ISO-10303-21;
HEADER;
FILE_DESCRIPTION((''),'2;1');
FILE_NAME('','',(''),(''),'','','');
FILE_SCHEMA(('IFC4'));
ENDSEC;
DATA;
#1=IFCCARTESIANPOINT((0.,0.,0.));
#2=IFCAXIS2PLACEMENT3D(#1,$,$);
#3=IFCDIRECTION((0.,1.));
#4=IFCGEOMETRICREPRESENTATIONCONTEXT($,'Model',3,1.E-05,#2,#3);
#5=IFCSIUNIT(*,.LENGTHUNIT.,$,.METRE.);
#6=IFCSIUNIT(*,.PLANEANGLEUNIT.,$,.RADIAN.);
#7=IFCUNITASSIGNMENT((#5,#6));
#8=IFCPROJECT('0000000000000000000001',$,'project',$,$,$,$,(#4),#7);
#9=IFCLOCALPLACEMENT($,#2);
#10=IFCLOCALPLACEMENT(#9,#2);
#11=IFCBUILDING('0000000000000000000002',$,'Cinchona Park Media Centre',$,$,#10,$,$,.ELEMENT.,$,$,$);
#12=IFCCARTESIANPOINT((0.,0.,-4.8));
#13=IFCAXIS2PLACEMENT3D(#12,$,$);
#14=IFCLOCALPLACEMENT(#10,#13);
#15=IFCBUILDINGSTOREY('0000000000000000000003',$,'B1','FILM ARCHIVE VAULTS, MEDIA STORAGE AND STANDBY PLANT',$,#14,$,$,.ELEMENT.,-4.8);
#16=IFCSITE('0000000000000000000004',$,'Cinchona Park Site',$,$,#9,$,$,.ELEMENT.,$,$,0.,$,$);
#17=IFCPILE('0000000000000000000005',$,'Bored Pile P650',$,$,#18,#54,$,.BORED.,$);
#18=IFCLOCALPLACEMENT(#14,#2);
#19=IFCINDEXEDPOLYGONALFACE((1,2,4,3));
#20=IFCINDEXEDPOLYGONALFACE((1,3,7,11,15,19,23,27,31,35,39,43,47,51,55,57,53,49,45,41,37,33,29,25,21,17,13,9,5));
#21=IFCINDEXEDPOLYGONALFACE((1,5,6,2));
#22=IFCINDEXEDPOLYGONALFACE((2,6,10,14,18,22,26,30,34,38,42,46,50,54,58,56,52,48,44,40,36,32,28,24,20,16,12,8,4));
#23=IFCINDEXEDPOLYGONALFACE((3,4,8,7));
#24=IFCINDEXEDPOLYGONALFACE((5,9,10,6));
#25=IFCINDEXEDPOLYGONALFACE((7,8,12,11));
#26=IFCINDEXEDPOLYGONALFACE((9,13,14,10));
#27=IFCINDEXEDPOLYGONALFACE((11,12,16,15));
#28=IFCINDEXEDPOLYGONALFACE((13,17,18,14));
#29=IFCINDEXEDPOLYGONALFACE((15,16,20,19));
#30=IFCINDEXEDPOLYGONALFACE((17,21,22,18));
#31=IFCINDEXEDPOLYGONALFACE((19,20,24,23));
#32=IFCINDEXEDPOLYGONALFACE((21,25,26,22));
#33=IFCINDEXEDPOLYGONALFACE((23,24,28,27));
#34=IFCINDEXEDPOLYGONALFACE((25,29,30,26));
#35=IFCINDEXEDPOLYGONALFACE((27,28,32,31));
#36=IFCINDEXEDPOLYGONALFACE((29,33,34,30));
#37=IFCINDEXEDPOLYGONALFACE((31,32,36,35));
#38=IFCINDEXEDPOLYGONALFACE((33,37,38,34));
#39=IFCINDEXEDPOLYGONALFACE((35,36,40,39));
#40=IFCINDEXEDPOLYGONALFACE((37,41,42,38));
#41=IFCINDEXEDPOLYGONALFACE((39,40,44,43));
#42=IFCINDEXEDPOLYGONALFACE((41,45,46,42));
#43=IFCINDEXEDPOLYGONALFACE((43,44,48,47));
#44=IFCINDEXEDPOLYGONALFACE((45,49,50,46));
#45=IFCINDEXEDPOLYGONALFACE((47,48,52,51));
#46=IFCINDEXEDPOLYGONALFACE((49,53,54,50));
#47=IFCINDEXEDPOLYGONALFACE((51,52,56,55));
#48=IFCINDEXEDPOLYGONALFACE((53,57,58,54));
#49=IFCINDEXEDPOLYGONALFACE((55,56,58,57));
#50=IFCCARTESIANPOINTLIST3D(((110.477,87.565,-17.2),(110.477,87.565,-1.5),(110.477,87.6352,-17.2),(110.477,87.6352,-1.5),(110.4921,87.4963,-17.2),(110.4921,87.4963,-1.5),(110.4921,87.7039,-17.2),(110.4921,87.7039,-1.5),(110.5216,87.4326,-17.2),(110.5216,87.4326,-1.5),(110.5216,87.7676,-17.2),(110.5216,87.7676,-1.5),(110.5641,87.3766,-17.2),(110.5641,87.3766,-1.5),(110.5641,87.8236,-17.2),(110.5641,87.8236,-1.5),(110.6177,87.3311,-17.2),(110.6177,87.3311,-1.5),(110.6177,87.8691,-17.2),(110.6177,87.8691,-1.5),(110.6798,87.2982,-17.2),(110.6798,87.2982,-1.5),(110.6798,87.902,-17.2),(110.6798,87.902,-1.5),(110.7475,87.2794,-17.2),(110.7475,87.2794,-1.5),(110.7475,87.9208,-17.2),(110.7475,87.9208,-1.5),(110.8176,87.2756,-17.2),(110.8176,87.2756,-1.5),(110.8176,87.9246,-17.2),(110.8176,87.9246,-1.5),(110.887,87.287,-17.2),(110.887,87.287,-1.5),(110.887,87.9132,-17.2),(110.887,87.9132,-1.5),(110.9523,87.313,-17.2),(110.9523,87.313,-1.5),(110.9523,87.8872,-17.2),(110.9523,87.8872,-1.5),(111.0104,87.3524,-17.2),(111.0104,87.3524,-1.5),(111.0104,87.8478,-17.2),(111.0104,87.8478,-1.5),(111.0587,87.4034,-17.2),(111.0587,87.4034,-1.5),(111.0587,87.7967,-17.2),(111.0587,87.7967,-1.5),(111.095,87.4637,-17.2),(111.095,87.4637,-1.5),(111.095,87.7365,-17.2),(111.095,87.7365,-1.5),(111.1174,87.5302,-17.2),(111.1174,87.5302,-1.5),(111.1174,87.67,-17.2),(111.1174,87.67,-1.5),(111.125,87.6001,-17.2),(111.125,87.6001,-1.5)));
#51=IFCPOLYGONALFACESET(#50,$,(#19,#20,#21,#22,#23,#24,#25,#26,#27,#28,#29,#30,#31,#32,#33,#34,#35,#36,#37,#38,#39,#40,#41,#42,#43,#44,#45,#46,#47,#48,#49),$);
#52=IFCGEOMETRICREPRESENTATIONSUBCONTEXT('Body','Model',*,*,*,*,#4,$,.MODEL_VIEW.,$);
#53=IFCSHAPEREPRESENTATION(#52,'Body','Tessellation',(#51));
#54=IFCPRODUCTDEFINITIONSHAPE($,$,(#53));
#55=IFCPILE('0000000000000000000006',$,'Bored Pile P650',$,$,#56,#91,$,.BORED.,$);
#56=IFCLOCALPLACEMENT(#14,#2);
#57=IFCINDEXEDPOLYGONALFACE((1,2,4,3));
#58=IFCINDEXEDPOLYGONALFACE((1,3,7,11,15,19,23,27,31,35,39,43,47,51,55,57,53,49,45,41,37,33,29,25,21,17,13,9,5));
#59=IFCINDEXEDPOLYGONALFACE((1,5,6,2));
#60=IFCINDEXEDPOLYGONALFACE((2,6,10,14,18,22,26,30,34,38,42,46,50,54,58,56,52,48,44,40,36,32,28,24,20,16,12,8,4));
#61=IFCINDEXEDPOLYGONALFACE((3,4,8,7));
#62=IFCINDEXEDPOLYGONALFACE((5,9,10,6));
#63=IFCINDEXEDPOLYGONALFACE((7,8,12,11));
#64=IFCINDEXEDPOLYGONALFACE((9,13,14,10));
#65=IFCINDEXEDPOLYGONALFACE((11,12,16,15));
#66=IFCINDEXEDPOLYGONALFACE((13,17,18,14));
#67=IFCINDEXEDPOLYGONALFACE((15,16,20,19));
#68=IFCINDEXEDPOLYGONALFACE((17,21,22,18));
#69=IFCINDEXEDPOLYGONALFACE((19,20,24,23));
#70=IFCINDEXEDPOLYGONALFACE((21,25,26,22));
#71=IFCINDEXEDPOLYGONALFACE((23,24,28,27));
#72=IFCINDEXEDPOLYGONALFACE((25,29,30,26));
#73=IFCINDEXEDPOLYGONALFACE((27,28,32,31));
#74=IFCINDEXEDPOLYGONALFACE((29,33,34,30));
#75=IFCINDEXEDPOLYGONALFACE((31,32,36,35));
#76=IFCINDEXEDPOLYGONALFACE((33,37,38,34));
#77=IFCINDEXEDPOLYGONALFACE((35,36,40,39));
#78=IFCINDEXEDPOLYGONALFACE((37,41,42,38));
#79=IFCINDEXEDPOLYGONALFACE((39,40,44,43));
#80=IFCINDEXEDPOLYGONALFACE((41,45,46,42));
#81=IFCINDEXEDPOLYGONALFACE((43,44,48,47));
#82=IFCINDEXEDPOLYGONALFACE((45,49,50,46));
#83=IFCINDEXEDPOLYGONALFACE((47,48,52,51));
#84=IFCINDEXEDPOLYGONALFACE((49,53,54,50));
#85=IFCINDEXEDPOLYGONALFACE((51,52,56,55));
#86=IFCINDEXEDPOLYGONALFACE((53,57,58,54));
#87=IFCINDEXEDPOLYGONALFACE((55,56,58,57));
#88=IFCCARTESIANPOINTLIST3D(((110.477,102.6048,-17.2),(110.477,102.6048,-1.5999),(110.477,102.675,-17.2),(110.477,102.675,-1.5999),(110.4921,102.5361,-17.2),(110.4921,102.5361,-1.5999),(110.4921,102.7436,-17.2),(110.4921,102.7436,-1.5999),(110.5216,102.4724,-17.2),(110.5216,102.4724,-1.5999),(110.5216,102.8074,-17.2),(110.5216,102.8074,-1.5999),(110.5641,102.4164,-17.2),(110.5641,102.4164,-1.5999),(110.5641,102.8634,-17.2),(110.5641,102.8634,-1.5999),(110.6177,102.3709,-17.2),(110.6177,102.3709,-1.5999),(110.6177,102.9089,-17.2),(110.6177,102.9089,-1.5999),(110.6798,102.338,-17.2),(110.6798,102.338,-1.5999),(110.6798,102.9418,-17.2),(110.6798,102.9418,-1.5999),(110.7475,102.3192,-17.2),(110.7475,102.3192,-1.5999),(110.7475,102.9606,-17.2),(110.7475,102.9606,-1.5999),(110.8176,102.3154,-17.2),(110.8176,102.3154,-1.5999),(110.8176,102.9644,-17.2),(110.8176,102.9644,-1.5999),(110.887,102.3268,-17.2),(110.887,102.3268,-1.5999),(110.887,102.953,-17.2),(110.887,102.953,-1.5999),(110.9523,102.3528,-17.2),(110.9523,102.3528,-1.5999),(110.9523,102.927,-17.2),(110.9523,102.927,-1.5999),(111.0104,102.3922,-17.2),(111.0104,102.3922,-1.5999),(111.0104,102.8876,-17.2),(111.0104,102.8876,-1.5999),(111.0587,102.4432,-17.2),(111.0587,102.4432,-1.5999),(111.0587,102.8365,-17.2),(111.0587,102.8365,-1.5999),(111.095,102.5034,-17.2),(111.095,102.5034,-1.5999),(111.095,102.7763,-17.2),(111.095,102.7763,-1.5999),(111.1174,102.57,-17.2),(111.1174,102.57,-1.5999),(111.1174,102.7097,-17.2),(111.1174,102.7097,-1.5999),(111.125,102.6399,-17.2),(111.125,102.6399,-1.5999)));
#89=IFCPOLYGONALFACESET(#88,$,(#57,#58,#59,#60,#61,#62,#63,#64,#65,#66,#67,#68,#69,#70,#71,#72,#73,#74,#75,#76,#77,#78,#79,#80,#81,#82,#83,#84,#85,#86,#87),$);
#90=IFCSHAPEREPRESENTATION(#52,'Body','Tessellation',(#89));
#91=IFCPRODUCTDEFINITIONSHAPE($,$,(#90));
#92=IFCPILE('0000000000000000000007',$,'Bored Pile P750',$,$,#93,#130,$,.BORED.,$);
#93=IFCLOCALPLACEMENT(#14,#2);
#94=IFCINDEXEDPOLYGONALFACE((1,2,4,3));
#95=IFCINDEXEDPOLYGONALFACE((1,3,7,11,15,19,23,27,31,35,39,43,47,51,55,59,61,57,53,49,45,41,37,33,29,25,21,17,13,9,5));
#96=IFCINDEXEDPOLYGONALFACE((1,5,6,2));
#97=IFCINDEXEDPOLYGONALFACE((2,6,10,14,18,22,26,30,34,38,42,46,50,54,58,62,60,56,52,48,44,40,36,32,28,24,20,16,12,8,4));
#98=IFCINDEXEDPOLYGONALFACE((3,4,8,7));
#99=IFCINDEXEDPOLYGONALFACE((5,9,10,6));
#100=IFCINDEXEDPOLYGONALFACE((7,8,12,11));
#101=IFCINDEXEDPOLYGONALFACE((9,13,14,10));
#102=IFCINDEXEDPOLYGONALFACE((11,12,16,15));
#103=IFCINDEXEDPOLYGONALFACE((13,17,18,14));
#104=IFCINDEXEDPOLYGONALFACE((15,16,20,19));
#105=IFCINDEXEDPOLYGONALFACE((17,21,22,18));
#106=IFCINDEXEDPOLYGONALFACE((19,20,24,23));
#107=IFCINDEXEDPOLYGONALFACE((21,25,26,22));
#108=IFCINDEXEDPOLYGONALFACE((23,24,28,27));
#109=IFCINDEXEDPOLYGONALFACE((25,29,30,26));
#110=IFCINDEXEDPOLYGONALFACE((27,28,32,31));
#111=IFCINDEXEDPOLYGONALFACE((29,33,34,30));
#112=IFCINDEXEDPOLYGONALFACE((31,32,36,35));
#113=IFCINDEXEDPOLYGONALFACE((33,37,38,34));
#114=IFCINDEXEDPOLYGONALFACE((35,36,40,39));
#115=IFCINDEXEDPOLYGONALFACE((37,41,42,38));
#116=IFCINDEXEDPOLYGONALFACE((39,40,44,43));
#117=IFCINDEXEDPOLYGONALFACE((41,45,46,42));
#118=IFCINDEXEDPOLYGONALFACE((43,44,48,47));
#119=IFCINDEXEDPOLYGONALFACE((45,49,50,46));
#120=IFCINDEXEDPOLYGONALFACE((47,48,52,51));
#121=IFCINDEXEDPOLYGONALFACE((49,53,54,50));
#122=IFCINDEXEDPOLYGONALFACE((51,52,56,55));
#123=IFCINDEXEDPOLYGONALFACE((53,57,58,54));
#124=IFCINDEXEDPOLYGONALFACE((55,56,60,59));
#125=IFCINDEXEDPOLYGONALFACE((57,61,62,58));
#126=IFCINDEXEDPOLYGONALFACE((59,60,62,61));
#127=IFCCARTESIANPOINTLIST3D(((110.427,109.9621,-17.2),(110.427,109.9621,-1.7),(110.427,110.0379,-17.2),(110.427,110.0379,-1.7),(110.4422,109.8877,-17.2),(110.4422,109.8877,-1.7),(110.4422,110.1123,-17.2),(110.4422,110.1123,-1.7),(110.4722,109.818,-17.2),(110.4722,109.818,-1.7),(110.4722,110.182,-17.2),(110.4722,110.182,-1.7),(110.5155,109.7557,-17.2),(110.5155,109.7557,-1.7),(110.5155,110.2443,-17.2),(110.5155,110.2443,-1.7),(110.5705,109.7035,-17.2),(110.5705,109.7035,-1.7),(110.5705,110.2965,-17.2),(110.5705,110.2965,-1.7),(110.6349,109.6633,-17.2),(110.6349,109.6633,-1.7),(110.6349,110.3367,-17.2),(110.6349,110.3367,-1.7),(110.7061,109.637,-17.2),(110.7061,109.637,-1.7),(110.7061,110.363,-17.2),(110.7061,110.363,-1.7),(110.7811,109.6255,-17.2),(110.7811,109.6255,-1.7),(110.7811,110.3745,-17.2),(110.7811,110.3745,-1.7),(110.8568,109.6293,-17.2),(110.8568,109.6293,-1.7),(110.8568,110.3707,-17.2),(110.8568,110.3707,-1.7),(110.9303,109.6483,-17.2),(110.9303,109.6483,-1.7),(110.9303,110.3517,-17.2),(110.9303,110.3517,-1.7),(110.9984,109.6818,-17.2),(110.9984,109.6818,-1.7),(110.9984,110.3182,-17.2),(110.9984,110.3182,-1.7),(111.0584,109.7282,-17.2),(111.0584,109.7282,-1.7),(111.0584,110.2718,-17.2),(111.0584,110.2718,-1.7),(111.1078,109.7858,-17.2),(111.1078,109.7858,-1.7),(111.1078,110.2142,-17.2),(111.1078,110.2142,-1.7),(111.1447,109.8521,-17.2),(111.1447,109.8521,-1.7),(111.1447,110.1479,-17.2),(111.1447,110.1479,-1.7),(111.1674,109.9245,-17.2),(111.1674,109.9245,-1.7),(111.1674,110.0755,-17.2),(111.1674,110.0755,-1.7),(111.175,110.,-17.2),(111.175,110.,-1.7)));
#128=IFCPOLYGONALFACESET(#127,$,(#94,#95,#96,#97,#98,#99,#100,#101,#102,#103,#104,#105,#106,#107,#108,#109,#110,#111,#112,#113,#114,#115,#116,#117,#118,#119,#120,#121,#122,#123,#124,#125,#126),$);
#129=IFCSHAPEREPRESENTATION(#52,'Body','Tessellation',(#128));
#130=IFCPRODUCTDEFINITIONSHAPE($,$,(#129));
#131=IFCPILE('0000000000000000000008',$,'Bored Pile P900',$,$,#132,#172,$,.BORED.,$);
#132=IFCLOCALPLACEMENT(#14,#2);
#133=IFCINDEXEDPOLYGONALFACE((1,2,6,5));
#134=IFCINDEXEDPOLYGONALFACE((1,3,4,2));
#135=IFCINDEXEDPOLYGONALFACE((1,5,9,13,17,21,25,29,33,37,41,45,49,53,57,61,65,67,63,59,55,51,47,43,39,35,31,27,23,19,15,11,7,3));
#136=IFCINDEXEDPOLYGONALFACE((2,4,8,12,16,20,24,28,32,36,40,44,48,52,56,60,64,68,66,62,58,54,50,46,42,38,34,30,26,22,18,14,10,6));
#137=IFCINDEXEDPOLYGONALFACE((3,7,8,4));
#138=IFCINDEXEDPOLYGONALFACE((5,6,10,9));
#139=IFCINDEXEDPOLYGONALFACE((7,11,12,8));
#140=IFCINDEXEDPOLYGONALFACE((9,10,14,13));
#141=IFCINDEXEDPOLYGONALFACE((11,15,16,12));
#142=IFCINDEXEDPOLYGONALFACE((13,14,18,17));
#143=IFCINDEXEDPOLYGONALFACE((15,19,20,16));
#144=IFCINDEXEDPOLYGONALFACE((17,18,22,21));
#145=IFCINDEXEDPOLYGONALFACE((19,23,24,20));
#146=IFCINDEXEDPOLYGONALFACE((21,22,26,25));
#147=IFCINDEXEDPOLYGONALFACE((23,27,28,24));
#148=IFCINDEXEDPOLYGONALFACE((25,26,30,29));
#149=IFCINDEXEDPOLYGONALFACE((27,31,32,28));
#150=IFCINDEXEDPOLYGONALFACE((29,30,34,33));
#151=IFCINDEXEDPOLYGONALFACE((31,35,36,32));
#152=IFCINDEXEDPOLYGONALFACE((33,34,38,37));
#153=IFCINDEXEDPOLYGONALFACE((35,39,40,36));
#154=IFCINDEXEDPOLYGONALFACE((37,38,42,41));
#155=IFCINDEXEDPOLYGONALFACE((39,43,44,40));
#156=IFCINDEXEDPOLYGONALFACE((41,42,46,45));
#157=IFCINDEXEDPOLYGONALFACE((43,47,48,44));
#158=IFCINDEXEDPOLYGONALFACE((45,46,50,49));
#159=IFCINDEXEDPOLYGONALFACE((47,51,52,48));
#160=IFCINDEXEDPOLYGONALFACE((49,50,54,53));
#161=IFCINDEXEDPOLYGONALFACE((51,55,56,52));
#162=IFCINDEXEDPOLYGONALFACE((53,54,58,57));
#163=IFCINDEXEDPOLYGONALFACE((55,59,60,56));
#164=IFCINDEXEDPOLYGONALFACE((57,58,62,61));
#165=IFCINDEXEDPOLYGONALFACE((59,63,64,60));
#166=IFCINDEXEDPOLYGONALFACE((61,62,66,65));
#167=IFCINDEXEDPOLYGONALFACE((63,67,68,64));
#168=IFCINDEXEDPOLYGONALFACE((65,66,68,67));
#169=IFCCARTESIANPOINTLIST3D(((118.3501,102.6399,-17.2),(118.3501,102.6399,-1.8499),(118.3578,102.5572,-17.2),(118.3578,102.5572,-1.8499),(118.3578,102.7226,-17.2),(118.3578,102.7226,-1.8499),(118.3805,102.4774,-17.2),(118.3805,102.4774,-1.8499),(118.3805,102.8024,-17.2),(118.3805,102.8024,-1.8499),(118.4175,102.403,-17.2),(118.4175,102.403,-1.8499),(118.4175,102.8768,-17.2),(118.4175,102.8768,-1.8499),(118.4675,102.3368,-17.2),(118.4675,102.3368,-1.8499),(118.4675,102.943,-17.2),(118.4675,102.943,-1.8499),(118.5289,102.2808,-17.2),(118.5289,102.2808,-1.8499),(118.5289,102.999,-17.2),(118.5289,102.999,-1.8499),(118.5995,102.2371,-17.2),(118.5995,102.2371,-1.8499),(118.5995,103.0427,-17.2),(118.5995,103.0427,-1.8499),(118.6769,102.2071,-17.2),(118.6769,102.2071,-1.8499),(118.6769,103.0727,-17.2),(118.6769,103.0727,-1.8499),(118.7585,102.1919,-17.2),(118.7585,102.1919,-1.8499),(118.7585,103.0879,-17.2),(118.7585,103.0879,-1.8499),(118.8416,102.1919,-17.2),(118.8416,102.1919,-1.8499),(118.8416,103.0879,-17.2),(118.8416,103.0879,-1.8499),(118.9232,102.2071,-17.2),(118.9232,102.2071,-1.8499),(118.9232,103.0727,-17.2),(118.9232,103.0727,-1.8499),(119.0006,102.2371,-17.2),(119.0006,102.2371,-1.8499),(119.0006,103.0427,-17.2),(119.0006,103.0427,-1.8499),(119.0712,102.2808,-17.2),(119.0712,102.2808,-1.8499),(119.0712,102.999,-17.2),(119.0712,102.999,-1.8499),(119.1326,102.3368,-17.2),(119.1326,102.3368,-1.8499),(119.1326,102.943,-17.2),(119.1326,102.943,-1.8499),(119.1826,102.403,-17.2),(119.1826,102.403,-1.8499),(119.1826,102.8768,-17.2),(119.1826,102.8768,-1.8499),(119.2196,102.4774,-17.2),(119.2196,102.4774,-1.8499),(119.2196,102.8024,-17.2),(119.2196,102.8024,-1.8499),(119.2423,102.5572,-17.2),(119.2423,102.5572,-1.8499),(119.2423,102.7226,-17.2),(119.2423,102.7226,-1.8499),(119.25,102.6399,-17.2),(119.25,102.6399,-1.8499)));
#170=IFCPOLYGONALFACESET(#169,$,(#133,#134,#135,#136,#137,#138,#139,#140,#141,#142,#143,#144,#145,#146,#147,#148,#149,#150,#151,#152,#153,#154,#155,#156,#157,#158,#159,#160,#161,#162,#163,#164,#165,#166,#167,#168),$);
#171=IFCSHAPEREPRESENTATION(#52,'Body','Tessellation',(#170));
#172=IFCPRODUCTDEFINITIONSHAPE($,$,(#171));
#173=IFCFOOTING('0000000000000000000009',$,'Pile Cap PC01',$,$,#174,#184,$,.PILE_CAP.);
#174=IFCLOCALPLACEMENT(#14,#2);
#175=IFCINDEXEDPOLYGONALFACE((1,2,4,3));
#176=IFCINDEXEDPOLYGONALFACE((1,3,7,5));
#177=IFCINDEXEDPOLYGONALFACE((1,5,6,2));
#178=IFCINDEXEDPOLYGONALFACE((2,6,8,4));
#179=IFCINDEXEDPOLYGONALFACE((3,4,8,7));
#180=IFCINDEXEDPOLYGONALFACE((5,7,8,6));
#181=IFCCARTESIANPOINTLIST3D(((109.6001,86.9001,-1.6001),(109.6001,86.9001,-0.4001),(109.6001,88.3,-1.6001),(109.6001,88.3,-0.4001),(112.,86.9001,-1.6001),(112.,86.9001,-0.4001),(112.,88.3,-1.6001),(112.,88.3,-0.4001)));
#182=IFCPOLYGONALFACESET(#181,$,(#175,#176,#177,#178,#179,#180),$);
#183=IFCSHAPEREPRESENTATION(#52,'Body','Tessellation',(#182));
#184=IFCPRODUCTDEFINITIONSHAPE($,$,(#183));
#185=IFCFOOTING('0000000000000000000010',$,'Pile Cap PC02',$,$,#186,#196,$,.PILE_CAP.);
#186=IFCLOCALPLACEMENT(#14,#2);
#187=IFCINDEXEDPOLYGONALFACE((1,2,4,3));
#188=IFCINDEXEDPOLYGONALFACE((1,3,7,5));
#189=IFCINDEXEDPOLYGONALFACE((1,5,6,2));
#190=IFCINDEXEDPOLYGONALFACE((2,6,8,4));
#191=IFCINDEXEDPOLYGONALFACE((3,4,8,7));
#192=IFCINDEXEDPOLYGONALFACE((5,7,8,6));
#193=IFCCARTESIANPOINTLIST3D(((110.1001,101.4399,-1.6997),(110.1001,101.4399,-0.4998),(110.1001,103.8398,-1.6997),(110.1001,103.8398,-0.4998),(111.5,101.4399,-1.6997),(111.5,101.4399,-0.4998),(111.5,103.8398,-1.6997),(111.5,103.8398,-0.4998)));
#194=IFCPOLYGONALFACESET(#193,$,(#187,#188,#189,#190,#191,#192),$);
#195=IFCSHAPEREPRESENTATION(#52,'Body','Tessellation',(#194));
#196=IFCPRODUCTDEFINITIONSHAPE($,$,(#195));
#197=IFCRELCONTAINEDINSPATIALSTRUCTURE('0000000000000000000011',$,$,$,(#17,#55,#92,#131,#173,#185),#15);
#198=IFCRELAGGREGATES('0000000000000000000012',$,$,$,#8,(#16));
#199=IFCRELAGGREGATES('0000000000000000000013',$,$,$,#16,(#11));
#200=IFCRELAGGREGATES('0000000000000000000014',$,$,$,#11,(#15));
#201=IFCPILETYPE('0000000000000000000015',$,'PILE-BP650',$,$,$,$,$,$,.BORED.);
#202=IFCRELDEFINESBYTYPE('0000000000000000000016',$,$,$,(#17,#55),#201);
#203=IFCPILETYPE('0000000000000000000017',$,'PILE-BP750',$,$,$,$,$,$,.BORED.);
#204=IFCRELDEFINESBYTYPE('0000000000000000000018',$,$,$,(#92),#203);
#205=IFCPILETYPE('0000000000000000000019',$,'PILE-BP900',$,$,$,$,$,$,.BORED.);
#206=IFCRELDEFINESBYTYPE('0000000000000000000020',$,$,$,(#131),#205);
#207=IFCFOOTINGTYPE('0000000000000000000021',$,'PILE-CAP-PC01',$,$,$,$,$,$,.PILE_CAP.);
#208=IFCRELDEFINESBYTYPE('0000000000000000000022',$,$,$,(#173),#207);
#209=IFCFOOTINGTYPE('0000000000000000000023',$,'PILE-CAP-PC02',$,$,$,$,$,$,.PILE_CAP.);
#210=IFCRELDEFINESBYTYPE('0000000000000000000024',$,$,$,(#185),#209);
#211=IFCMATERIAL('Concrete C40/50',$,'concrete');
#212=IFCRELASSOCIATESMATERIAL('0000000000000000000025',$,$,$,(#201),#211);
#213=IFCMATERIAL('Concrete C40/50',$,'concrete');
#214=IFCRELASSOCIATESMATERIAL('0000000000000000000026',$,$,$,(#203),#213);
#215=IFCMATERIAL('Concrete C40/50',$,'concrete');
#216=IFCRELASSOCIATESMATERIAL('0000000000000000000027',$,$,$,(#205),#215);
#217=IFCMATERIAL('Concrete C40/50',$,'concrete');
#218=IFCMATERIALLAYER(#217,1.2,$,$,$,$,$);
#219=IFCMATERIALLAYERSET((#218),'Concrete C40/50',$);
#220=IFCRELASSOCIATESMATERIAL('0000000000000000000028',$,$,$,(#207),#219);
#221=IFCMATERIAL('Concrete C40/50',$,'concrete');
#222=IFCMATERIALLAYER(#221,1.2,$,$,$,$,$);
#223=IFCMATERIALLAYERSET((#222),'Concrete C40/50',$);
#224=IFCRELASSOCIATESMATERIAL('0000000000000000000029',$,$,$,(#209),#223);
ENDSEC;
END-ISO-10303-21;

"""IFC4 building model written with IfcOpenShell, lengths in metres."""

from ifc_helpers import new_model, si_unit, direction, frame, origin, origin_2d, place, context, subcontext, project, spatial, rectangle, circle, extrude, material, layer, layer_set, material_profile, profile_set, type_object, element, save


model = new_model("IFC4")

# Units and contexts
model_context = context("Model", 3, precision=1e-05, world=origin(), true_north=direction((0.0, 1.0)))
body_context = subcontext(model_context, "Body", "Model", "MODEL_VIEW")
ifc_project = project(units=[si_unit("LENGTHUNIT", "METRE"), si_unit("PLANEANGLEUNIT", "RADIAN")], contexts=[model_context])

# Site, building, storey
site_placement = place(None, origin())
site = spatial("IfcSite", under=ifc_project, at=site_placement, Name="Cinchona Park Site", CompositionType="ELEMENT", RefElevation=0.0)
building_placement = place(site_placement, origin())
building = spatial("IfcBuilding", under=site, at=building_placement, Name="Cinchona Park Media Centre", CompositionType="ELEMENT")
storey_placement = place(building_placement, frame((0.0, 0.0, -4.8)))
storey = spatial("IfcBuildingStorey", under=building, at=storey_placement, Name="B1", Description="FILM ARCHIVE VAULTS, MEDIA STORAGE AND STANDBY PLANT", CompositionType="ELEMENT", Elevation=-4.8)

# Piles
ifc_material_1 = material(Name="Concrete C40/50", Category="concrete")
ifc_material_profile_1 = material_profile(ifc_material_1, circle(Radius=0.325, at=origin_2d()), Name="BORED PILE 650")
ifc_profile_set_1 = profile_set([ifc_material_profile_1], Name="Concrete C40/50")
pile_type_1 = type_object("IfcPileType", Name="PILE-BP650", PredefinedType="BORED", material=ifc_profile_set_1)
pile_1_placement = place(storey_placement, frame((110.8, 87.6001, -1.5), z_axis=(0.0, 0.0, -1.0), x_axis=(1.0, 0.0, 0.0)))
element("IfcPile", 1, at=pile_1_placement, inside=storey, type_object=pile_type_1, Name="Bored Pile P650", PredefinedType="BORED", context=body_context, shape_type="SweptSolid", body=[
    extrude(circle(Radius=0.325, at=origin_2d()), origin(), (0.0, 0.0, 1.0), 15.7),
])
pile_2_placement = place(storey_placement, frame((110.8, 102.6399, -1.5999), z_axis=(0.0, 0.0, -1.0), x_axis=(1.0, 0.0, 0.0)))
element("IfcPile", 2, at=pile_2_placement, inside=storey, type_object=pile_type_1, Name="Bored Pile P650", PredefinedType="BORED", context=body_context, shape_type="SweptSolid", body=[
    extrude(circle(Radius=0.325, at=origin_2d()), origin(), (0.0, 0.0, 1.0), 15.6001),
])
ifc_material_2 = material(Name="Concrete C40/50", Category="concrete")
ifc_material_profile_2 = material_profile(ifc_material_2, circle(Radius=0.375, at=origin_2d()), Name="BORED PILE 750")
ifc_profile_set_2 = profile_set([ifc_material_profile_2], Name="Concrete C40/50")
pile_type_2 = type_object("IfcPileType", Name="PILE-BP750", PredefinedType="BORED", material=ifc_profile_set_2)
pile_3_placement = place(storey_placement, frame((110.8, 110.0, -1.7), z_axis=(0.0, 0.0, -1.0), x_axis=(1.0, 0.0, 0.0)))
element("IfcPile", 3, at=pile_3_placement, inside=storey, type_object=pile_type_2, Name="Bored Pile P750", PredefinedType="BORED", context=body_context, shape_type="SweptSolid", body=[
    extrude(circle(Radius=0.375, at=origin_2d()), origin(), (0.0, 0.0, 1.0), 15.5),
])
ifc_material_3 = material(Name="Concrete C40/50", Category="concrete")
ifc_material_profile_3 = material_profile(ifc_material_3, circle(Radius=0.45, at=origin_2d()), Name="BORED PILE 900")
ifc_profile_set_3 = profile_set([ifc_material_profile_3], Name="Concrete C40/50")
pile_type_3 = type_object("IfcPileType", Name="PILE-BP900", PredefinedType="BORED", material=ifc_profile_set_3)
pile_4_placement = place(storey_placement, frame((118.8, 102.6399, -1.8499), z_axis=(0.0, 0.0, -1.0), x_axis=(1.0, 0.0, 0.0)))
element("IfcPile", 4, at=pile_4_placement, inside=storey, type_object=pile_type_3, Name="Bored Pile P900", PredefinedType="BORED", context=body_context, shape_type="SweptSolid", body=[
    extrude(circle(Radius=0.45, at=origin_2d()), origin(), (0.0, 0.0, 1.0), 15.3501),
])

# Footings
ifc_material_4 = material(Name="Concrete C40/50", Category="concrete")
ifc_layer_1 = layer(ifc_material_4, 1.2)
ifc_layer_set_1 = layer_set([ifc_layer_1], Name="Concrete C40/50")
footing_type_1 = type_object("IfcFootingType", Name="PILE-CAP-PC01", PredefinedType="PILE_CAP", material=ifc_layer_set_1)
footing_1_placement = place(storey_placement, frame((110.8, 87.6001, -1.6001), z_axis=(0.0, 0.0, 1.0), x_axis=(1.0, 0.0, 0.0)))
element("IfcFooting", 5, at=footing_1_placement, inside=storey, type_object=footing_type_1, Name="Pile Cap PC01", PredefinedType="PILE_CAP", context=body_context, shape_type="SweptSolid", body=[
    extrude(rectangle(XDim=2.3999, YDim=1.3999, at=origin_2d()), origin(), (0.0, 0.0, 1.0), 1.2),
])
ifc_material_5 = material(Name="Concrete C40/50", Category="concrete")
ifc_layer_2 = layer(ifc_material_5, 1.2)
ifc_layer_set_2 = layer_set([ifc_layer_2], Name="Concrete C40/50")
footing_type_2 = type_object("IfcFootingType", Name="PILE-CAP-PC02", PredefinedType="PILE_CAP", material=ifc_layer_set_2)
footing_2_placement = place(storey_placement, frame((110.8, 102.6399, -1.6997), z_axis=(0.0, 0.0, 1.0), x_axis=(1.0, 0.0, 0.0)))
element("IfcFooting", 6, at=footing_2_placement, inside=storey, type_object=footing_type_2, Name="Pile Cap PC02", PredefinedType="PILE_CAP", context=body_context, shape_type="SweptSolid", body=[
    extrude(rectangle(XDim=1.3999, YDim=2.3999, at=origin_2d()), origin(), (0.0, 0.0, 1.0), 1.2),
])

save(model, "model.ifc")
